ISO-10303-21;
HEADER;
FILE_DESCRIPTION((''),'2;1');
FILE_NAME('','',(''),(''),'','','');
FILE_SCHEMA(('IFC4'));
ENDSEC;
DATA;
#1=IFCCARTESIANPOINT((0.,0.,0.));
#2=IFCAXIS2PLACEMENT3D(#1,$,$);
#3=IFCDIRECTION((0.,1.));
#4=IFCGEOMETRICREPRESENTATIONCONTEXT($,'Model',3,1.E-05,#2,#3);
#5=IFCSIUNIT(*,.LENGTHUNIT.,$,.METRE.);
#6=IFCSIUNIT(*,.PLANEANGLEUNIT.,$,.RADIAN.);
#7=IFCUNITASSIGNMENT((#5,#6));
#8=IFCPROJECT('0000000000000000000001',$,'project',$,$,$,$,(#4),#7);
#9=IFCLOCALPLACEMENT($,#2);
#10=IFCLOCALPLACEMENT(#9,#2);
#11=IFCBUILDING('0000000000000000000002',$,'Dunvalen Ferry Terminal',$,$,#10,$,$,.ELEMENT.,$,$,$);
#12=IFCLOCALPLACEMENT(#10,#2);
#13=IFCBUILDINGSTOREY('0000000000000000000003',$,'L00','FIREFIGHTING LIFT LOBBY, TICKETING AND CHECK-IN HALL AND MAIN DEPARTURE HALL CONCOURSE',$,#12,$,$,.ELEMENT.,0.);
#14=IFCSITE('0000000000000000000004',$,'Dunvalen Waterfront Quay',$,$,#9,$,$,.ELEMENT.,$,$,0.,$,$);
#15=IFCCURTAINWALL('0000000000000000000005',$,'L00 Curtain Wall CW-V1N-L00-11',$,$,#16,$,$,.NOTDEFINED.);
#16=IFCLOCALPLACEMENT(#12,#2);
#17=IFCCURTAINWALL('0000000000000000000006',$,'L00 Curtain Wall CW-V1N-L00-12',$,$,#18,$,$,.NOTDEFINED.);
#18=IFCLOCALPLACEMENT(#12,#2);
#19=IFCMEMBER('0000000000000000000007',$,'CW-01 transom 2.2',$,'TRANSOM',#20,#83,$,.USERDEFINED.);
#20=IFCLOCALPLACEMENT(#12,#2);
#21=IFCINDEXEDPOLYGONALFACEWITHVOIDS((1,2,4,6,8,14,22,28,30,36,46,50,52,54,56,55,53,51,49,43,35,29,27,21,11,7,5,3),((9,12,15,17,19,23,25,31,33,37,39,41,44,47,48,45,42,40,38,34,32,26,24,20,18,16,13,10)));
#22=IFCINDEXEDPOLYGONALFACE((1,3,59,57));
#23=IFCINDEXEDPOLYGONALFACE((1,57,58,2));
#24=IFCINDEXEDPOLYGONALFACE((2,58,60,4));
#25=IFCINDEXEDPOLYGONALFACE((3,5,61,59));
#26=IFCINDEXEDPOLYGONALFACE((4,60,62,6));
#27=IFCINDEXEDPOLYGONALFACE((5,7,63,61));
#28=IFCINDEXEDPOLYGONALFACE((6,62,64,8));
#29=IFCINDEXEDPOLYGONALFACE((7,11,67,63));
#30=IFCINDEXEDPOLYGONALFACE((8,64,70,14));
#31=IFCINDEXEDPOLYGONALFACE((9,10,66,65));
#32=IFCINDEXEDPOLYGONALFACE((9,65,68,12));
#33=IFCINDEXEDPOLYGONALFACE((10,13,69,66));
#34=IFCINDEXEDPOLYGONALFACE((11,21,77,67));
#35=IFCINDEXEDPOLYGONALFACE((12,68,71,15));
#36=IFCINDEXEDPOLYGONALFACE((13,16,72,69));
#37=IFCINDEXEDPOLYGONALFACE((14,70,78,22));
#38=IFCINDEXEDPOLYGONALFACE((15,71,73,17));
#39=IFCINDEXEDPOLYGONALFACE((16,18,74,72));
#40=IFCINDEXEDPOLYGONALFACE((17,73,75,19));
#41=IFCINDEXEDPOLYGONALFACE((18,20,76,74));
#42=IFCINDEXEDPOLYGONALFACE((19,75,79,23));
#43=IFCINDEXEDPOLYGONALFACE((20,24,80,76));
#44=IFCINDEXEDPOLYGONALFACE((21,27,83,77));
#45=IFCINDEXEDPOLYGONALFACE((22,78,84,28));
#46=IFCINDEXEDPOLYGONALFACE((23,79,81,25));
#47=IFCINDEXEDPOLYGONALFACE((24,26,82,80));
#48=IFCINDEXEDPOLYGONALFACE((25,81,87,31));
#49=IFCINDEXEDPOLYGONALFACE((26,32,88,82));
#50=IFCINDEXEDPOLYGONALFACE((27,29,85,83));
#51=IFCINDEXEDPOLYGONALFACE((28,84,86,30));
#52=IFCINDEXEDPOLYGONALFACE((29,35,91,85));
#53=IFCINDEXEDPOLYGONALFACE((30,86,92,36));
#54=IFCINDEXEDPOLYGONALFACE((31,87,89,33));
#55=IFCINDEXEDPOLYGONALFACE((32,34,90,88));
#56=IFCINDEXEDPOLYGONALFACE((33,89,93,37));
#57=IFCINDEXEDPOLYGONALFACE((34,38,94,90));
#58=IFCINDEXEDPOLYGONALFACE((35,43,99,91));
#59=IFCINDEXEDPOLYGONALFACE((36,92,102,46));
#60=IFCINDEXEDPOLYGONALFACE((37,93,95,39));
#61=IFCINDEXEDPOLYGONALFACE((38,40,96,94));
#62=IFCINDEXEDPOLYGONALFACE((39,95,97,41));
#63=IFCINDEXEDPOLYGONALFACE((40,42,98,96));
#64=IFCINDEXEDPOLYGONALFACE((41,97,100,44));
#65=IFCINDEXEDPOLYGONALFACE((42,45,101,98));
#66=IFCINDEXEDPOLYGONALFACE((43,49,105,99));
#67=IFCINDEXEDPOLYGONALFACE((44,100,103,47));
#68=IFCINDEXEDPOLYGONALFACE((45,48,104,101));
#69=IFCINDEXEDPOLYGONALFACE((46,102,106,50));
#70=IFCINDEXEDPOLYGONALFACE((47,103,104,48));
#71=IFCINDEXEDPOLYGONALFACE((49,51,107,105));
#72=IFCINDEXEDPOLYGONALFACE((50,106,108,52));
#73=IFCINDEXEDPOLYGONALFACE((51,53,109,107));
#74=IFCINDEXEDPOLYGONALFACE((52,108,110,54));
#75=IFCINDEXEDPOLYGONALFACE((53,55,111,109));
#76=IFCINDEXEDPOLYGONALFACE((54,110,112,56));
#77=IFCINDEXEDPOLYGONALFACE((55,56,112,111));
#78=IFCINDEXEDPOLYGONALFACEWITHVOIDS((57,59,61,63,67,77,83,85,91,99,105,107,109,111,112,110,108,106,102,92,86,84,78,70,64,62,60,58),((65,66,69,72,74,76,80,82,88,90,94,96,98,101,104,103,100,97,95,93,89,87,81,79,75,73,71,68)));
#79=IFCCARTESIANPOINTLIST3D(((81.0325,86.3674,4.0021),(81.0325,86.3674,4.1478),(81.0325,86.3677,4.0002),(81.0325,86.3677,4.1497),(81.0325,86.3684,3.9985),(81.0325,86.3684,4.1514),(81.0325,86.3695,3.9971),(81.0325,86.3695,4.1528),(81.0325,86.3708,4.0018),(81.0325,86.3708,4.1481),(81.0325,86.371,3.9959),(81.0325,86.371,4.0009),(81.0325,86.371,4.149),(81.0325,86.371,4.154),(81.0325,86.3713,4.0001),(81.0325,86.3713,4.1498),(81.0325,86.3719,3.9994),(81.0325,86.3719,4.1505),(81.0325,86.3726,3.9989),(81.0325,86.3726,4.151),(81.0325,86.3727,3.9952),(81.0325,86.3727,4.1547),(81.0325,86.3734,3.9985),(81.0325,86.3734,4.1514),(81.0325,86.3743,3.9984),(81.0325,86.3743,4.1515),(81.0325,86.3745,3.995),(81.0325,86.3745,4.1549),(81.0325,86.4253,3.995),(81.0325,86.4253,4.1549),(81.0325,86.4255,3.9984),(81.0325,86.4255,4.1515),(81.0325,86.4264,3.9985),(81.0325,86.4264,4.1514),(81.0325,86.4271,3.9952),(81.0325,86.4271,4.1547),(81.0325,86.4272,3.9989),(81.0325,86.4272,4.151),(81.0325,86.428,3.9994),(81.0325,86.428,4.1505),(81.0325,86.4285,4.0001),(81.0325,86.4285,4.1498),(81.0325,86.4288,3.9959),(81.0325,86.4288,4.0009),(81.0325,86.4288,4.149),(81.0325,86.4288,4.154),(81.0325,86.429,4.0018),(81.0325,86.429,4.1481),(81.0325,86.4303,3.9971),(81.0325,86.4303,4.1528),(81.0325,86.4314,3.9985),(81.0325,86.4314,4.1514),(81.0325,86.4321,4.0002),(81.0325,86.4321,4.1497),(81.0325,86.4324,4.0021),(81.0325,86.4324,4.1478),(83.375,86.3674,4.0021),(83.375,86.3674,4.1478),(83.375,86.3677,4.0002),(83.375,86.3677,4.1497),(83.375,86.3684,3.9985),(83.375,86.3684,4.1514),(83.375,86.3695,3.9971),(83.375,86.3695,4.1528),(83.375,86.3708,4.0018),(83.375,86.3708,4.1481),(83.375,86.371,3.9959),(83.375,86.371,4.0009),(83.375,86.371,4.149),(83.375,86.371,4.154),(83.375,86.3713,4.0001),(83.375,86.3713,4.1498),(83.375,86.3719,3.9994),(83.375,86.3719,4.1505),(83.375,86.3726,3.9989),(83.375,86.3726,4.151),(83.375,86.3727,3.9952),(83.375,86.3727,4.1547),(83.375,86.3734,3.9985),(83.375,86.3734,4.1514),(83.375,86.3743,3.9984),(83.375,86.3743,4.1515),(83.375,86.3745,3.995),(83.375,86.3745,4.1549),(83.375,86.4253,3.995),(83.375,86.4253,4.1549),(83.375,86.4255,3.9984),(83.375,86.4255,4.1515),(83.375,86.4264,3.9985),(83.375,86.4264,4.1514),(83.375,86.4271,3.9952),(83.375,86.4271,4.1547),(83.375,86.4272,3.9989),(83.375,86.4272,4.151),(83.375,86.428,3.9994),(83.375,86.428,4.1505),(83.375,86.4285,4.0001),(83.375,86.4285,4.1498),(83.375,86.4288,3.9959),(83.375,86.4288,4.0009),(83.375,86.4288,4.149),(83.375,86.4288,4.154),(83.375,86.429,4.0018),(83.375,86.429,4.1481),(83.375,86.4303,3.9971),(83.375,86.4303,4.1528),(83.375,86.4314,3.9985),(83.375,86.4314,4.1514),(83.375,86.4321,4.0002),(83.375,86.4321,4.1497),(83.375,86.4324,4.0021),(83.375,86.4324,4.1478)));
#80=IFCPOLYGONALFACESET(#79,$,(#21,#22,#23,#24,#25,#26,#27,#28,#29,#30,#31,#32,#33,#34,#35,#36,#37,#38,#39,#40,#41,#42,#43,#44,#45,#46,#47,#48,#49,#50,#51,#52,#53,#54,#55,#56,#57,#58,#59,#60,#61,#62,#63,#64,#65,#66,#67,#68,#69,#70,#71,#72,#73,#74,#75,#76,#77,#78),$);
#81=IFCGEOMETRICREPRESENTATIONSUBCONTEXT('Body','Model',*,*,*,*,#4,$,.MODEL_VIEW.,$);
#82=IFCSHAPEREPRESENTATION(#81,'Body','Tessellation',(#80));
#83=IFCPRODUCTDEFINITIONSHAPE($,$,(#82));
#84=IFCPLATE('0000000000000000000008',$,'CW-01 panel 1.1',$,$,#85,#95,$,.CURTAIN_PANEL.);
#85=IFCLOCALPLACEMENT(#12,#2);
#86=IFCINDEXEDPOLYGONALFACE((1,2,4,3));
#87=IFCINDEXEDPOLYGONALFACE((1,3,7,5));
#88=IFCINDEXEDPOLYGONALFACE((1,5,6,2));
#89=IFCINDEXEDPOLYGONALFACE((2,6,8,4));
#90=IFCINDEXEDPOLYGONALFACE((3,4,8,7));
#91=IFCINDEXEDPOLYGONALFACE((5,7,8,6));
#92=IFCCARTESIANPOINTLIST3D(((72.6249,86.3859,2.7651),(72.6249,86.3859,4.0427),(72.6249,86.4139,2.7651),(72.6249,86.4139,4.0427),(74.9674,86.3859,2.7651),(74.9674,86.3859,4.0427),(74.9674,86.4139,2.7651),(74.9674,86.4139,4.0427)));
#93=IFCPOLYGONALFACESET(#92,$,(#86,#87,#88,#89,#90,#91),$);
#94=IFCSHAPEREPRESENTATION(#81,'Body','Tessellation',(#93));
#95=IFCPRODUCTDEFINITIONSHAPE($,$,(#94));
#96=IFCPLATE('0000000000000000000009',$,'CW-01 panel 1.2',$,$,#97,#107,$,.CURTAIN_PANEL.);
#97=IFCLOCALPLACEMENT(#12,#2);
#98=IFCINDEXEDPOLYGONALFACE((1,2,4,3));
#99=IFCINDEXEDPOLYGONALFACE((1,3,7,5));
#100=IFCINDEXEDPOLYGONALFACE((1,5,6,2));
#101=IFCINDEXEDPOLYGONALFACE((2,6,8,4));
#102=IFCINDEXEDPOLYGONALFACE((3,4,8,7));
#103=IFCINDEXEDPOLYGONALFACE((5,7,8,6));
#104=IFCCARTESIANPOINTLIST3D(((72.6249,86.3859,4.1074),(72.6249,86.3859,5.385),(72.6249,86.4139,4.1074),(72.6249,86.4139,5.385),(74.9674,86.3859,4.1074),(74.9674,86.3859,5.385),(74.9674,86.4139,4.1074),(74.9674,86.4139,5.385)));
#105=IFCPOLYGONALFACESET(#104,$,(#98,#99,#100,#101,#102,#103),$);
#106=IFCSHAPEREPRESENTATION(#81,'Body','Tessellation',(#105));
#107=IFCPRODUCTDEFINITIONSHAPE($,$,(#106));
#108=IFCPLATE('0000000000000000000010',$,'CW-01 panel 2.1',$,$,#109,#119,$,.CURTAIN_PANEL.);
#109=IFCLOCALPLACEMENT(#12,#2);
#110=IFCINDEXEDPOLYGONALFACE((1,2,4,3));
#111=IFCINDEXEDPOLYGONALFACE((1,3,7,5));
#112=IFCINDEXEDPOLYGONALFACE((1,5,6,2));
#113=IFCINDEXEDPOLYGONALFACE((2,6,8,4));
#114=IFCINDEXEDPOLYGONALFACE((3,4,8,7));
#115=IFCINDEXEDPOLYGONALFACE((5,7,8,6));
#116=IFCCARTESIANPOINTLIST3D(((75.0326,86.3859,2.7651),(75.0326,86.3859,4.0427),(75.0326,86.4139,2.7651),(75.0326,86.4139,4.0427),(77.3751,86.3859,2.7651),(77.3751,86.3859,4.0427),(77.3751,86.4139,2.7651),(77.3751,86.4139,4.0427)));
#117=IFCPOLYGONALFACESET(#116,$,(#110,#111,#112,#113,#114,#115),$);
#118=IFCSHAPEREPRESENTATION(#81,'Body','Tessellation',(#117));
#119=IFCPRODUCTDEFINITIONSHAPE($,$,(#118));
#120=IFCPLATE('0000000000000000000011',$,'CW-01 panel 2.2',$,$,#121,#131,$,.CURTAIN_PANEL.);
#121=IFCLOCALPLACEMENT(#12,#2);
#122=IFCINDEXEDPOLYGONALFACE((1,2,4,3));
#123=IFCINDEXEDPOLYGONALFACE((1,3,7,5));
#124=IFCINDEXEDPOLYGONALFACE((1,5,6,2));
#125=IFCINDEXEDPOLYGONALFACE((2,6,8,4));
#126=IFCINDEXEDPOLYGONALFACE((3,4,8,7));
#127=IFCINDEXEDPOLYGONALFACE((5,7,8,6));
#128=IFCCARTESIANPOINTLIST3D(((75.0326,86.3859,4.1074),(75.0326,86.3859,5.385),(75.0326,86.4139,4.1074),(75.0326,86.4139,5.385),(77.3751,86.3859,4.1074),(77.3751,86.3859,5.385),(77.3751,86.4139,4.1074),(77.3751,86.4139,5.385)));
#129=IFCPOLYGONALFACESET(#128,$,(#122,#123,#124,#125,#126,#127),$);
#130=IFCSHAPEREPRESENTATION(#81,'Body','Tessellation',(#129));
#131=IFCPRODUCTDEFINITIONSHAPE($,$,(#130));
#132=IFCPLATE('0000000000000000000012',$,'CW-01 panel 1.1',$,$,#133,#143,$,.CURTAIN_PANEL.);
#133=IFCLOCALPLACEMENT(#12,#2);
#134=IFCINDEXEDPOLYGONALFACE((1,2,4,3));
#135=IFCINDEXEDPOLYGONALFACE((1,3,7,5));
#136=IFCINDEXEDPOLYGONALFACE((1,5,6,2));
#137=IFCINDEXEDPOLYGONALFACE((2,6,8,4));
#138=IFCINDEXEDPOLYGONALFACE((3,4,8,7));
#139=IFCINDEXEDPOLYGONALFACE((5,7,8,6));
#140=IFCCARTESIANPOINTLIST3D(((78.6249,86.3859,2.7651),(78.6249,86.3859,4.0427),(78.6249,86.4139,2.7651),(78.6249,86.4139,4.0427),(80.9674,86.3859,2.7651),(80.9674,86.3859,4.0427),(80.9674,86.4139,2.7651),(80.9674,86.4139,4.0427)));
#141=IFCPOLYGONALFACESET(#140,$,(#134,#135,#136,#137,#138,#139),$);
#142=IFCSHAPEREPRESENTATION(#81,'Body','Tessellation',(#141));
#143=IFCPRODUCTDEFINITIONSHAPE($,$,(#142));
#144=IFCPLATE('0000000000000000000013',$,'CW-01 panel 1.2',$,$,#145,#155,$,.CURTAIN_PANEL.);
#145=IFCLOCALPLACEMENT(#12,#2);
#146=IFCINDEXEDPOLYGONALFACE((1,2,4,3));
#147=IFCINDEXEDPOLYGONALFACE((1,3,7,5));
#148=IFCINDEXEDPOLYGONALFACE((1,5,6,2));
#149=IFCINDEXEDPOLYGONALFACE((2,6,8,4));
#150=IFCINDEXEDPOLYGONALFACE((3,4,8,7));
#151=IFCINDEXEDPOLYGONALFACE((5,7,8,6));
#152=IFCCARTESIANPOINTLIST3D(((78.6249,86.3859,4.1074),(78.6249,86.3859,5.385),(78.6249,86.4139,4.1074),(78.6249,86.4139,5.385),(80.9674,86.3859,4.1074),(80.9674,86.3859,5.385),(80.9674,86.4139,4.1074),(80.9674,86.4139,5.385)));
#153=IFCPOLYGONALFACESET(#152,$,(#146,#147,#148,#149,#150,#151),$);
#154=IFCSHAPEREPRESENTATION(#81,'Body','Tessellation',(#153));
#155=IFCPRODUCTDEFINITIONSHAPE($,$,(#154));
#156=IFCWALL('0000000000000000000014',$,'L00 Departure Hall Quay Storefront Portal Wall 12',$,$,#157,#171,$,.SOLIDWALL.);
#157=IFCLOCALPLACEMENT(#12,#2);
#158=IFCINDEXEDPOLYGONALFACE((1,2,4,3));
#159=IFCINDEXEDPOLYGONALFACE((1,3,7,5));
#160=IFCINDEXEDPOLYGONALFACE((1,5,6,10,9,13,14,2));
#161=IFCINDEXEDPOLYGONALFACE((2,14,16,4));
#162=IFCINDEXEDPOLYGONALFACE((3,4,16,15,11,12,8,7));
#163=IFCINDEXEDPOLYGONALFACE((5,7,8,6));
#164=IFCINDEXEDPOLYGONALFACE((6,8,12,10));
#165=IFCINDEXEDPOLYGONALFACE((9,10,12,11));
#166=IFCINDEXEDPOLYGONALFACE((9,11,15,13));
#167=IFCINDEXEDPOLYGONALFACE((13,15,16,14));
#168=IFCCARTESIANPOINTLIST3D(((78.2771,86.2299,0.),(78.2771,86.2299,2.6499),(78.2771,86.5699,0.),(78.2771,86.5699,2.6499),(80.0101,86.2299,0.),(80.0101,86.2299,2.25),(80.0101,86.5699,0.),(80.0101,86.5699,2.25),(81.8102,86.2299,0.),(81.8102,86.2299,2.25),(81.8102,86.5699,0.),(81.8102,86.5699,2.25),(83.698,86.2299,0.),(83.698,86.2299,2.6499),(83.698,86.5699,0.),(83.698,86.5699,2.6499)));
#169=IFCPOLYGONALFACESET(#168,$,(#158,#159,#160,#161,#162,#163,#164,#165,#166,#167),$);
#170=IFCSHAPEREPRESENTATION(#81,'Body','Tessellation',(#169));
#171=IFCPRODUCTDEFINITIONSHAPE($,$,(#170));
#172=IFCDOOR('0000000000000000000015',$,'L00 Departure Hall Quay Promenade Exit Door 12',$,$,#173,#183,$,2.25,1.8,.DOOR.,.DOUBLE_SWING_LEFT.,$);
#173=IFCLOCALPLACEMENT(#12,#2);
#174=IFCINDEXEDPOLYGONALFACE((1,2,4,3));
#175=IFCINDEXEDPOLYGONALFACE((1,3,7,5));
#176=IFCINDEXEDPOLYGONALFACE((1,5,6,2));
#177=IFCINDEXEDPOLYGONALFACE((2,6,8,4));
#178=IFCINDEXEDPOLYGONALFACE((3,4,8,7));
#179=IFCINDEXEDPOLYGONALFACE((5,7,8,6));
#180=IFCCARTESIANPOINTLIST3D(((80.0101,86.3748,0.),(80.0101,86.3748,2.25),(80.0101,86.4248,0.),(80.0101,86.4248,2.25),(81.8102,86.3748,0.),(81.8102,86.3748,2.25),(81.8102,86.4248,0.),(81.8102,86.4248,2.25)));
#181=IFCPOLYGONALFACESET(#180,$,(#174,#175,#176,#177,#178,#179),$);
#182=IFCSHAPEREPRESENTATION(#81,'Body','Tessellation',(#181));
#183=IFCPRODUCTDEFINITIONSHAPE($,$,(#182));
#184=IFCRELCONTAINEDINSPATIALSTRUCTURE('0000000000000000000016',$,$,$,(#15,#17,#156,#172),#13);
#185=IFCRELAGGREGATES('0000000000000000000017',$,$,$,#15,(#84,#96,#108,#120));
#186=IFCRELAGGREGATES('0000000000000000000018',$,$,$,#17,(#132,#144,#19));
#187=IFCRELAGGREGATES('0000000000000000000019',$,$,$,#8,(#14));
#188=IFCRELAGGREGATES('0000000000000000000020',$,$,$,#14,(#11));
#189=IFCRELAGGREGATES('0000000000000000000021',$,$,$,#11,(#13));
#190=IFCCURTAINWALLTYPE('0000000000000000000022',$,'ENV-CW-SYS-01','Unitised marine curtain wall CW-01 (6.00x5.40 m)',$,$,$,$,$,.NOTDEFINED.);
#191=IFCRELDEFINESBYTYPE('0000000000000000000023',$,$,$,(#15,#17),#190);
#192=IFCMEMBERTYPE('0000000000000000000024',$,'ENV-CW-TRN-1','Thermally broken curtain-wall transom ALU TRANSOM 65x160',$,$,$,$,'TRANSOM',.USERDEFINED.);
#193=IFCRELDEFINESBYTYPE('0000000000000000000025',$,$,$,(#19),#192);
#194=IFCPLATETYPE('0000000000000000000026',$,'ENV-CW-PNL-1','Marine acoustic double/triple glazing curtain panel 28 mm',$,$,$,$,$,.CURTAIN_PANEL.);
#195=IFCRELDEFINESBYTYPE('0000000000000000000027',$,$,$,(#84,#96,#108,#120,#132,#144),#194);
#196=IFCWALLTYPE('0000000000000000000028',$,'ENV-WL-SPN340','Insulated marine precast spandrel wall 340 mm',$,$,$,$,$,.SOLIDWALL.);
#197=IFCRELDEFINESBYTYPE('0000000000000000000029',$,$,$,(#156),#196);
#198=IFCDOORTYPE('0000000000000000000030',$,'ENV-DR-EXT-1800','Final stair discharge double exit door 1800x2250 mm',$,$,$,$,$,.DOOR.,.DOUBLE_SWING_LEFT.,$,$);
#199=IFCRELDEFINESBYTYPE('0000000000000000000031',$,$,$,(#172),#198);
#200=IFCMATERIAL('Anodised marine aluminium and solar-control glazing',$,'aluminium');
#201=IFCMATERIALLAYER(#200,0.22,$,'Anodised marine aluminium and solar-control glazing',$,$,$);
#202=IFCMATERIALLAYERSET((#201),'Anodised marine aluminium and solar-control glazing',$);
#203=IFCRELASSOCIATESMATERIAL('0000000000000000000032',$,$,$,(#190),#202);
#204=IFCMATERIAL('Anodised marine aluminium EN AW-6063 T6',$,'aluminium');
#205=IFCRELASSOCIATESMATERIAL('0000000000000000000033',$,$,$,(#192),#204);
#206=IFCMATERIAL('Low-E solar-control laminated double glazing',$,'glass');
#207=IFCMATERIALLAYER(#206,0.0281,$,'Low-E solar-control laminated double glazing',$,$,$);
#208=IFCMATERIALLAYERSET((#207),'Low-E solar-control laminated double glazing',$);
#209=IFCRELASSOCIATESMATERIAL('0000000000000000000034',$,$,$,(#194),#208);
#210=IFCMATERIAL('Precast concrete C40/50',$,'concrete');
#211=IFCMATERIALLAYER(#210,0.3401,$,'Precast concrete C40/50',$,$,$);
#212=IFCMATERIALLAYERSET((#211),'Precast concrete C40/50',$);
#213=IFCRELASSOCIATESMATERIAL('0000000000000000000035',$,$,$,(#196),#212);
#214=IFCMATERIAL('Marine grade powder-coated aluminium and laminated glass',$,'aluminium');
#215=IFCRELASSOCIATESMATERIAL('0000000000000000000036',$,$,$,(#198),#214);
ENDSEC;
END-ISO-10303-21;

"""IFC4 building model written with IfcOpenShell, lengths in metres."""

from ifc_helpers import new_model, si_unit, direction, frame, frame_2d, origin, origin_2d, place, context, subcontext, project, spatial, rectangle, hollow_rectangle, extrude, material, layer, layer_set, material_profile, profile_set, type_object, element, fill, aggregate, save


model = new_model("IFC4")

# Units and contexts
model_context = context("Model", 3, precision=1e-05, world=origin(), true_north=direction((0.0, 1.0)))
body_context = subcontext(model_context, "Body", "Model", "MODEL_VIEW")
ifc_project = project(units=[si_unit("LENGTHUNIT", "METRE"), si_unit("PLANEANGLEUNIT", "RADIAN")], contexts=[model_context])

# Site, building, storey
site_placement = place(None, origin())
site = spatial("IfcSite", under=ifc_project, at=site_placement, Name="Dunvalen Waterfront Quay", CompositionType="ELEMENT", RefElevation=0.0)
building_placement = place(site_placement, origin())
building = spatial("IfcBuilding", under=site, at=building_placement, Name="Dunvalen Ferry Terminal", CompositionType="ELEMENT")
storey_placement = place(building_placement, origin())
storey = spatial("IfcBuildingStorey", under=building, at=storey_placement, Name="L00", Description="FIREFIGHTING LIFT LOBBY, TICKETING AND CHECK-IN HALL AND MAIN DEPARTURE HALL CONCOURSE", CompositionType="ELEMENT", Elevation=0.0)

# Curtain walls
ifc_material_1 = material(Name="Anodised marine aluminium and solar-control glazing", Category="aluminium")
ifc_layer_1 = layer(ifc_material_1, 0.22, Name="Anodised marine aluminium and solar-control glazing")
ifc_layer_set_1 = layer_set([ifc_layer_1], Name="Anodised marine aluminium and solar-control glazing")
curtain_wall_type = type_object("IfcCurtainWallType", Name="ENV-CW-SYS-01", Description="Unitised marine curtain wall CW-01 (6.00x5.40 m)", PredefinedType="NOTDEFINED", material=ifc_layer_set_1)
curtain_wall_1_placement = place(storey_placement, origin())
curtain_wall_1 = element("IfcCurtainWall", 1, at=curtain_wall_1_placement, inside=storey, type_object=curtain_wall_type, Name="L00 Curtain Wall CW-V1N-L00-11", PredefinedType="NOTDEFINED")
ifc_material_2 = material(Name="Anodised marine aluminium EN AW-6063 T6", Category="aluminium")
curtain_wall_2_placement = place(storey_placement, origin())
curtain_wall_2 = element("IfcCurtainWall", 2, at=curtain_wall_2_placement, inside=storey, type_object=curtain_wall_type, Name="L00 Curtain Wall CW-V1N-L00-12", PredefinedType="NOTDEFINED")

# Member
ifc_material_profile_1 = material_profile(ifc_material_2, hollow_rectangle(XDim=0.0649, YDim=0.1599, WallThickness=0.0034, InnerFilletRadius=0.0034, OuterFilletRadius=0.0071, at=origin_2d()), Name="Anodised marine aluminium EN AW-6063 T6")
ifc_profile_set_1 = profile_set([ifc_material_profile_1], Name="Anodised marine aluminium EN AW-6063 T6")
member_type_1 = type_object("IfcMemberType", Name="ENV-CW-TRN-1", Description="Thermally broken curtain-wall transom ALU TRANSOM 65x160", ElementType="TRANSOM", PredefinedType="USERDEFINED", material=ifc_profile_set_1)
member_1_placement = place(storey_placement, frame((81.0325, 86.3999, 4.075), z_axis=(1.0, 0.0, 0.0), x_axis=(0.0, 1.0, 0.0)))
member_1 = element("IfcMember", 3, at=member_1_placement, type_object=member_type_1, Name="CW-01 transom 2.2", ObjectType="TRANSOM", PredefinedType="USERDEFINED", context=body_context, shape_type="SweptSolid", body=[
    extrude(hollow_rectangle(XDim=0.0649, YDim=0.1599, WallThickness=0.0034, InnerFilletRadius=0.0034, OuterFilletRadius=0.0071, at=origin_2d()), origin(), (0.0, 0.0, 1.0), 2.3425),
])

# Plates
ifc_material_3 = material(Name="Low-E solar-control laminated double glazing", Category="glass")
ifc_layer_2 = layer(ifc_material_3, 0.0281, Name="Low-E solar-control laminated double glazing")
ifc_layer_set_2 = layer_set([ifc_layer_2], Name="Low-E solar-control laminated double glazing")
plate_type = type_object("IfcPlateType", Name="ENV-CW-PNL-1", Description="Marine acoustic double/triple glazing curtain panel 28 mm", PredefinedType="CURTAIN_PANEL", material=ifc_layer_set_2)
plate_1_placement = place(storey_placement, frame((73.7961, 86.3999, 2.7651), z_axis=(0.0, 0.0, 1.0), x_axis=(1.0, 0.0, 0.0)))
plate_1 = element("IfcPlate", 4, at=plate_1_placement, type_object=plate_type, Name="CW-01 panel 1.1", PredefinedType="CURTAIN_PANEL", context=body_context, shape_type="SweptSolid", body=[
    extrude(rectangle(XDim=2.3425, YDim=0.0281, at=origin_2d()), origin(), (0.0, 0.0, 1.0), 1.2776),
])
plate_2_placement = place(storey_placement, frame((73.7961, 86.3999, 4.1074), z_axis=(0.0, 0.0, 1.0), x_axis=(1.0, 0.0, 0.0)))
plate_2 = element("IfcPlate", 5, at=plate_2_placement, type_object=plate_type, Name="CW-01 panel 1.2", PredefinedType="CURTAIN_PANEL", context=body_context, shape_type="SweptSolid", body=[
    extrude(rectangle(XDim=2.3425, YDim=0.0281, at=origin_2d()), origin(), (0.0, 0.0, 1.0), 1.2776),
])
plate_3_placement = place(storey_placement, frame((76.2039, 86.3999, 2.7651), z_axis=(0.0, 0.0, 1.0), x_axis=(1.0, 0.0, 0.0)))
plate_3 = element("IfcPlate", 6, at=plate_3_placement, type_object=plate_type, Name="CW-01 panel 2.1", PredefinedType="CURTAIN_PANEL", context=body_context, shape_type="SweptSolid", body=[
    extrude(rectangle(XDim=2.3425, YDim=0.0281, at=origin_2d()), origin(), (0.0, 0.0, 1.0), 1.2776),
])
plate_4_placement = place(storey_placement, frame((76.2039, 86.3999, 4.1074), z_axis=(0.0, 0.0, 1.0), x_axis=(1.0, 0.0, 0.0)))
plate_4 = element("IfcPlate", 7, at=plate_4_placement, type_object=plate_type, Name="CW-01 panel 2.2", PredefinedType="CURTAIN_PANEL", context=body_context, shape_type="SweptSolid", body=[
    extrude(rectangle(XDim=2.3425, YDim=0.0281, at=origin_2d()), origin(), (0.0, 0.0, 1.0), 1.2776),
])
aggregate(curtain_wall_1, [plate_1, plate_2, plate_3, plate_4])
plate_5_placement = place(storey_placement, frame((79.7961, 86.3999, 2.7651), z_axis=(0.0, 0.0, 1.0), x_axis=(1.0, 0.0, 0.0)))
plate_5 = element("IfcPlate", 8, at=plate_5_placement, type_object=plate_type, Name="CW-01 panel 1.1", PredefinedType="CURTAIN_PANEL", context=body_context, shape_type="SweptSolid", body=[
    extrude(rectangle(XDim=2.3425, YDim=0.0281, at=origin_2d()), origin(), (0.0, 0.0, 1.0), 1.2776),
])
plate_6_placement = place(storey_placement, frame((79.7961, 86.3999, 4.1074), z_axis=(0.0, 0.0, 1.0), x_axis=(1.0, 0.0, 0.0)))
plate_6 = element("IfcPlate", 9, at=plate_6_placement, type_object=plate_type, Name="CW-01 panel 1.2", PredefinedType="CURTAIN_PANEL", context=body_context, shape_type="SweptSolid", body=[
    extrude(rectangle(XDim=2.3425, YDim=0.0281, at=origin_2d()), origin(), (0.0, 0.0, 1.0), 1.2776),
])
aggregate(curtain_wall_2, [plate_5, plate_6, member_1])

# Wall, opening, door
ifc_material_4 = material(Name="Precast concrete C40/50", Category="concrete")
ifc_layer_3 = layer(ifc_material_4, 0.3401, Name="Precast concrete C40/50")
ifc_layer_set_3 = layer_set([ifc_layer_3], Name="Precast concrete C40/50")
wall_type = type_object("IfcWallType", Name="ENV-WL-SPN340", Description="Insulated marine precast spandrel wall 340 mm", PredefinedType="SOLIDWALL", material=ifc_layer_set_3)
wall_placement = place(storey_placement, frame((78.2771, 86.3999, 0.0), z_axis=(0.0, 0.0, 1.0), x_axis=(1.0, 0.0, 0.0)))
wall = element("IfcWall", 10, at=wall_placement, inside=storey, type_object=wall_type, Name="L00 Departure Hall Quay Storefront Portal Wall 12", PredefinedType="SOLIDWALL", context=body_context, shape_type="SweptSolid", body=[
    extrude(rectangle(XDim=5.4209, YDim=0.3401, at=frame_2d((2.7104, 0.0))), origin(), (0.0, 0.0, 1.0), 2.6499),
])
opening_placement = place(wall_placement, frame((1.7332, 0.0, 0.0)))
opening = element("IfcOpeningElement", 11, at=opening_placement, cuts=wall, PredefinedType="OPENING", context=body_context, shape_type="SweptSolid", body=[
    extrude(rectangle(XDim=1.8, YDim=2.25, at=frame_2d((0.8999, 1.125))), frame((0.0, 0.1802, 0.0), z_axis=(0.0, -1.0, 0.0), x_axis=(1.0, 0.0, 0.0)), (0.0, 0.0, 1.0), 0.3601),
])
ifc_material_5 = material(Name="Marine grade powder-coated aluminium and laminated glass", Category="aluminium")
door_type = type_object("IfcDoorType", Name="ENV-DR-EXT-1800", Description="Final stair discharge double exit door 1800x2250 mm", OperationType="DOUBLE_SWING_LEFT", PredefinedType="DOOR", material=ifc_material_5)
door_placement = place(opening_placement, origin())
door = element("IfcDoor", 12, at=door_placement, inside=storey, type_object=door_type, Name="L00 Departure Hall Quay Promenade Exit Door 12", OperationType="DOUBLE_SWING_LEFT", OverallHeight=2.25, OverallWidth=1.8, PredefinedType="DOOR", context=body_context, shape_type="SweptSolid", body=[
    extrude(rectangle(XDim=1.8, YDim=2.25, at=frame_2d((0.8999, 1.125))), frame((0.0, 0.0249, 0.0), z_axis=(0.0, -1.0, 0.0), x_axis=(1.0, 0.0, 0.0)), (0.0, 0.0, 1.0), 0.05),
])
fill(opening, door)

save(model, "model.ifc")
